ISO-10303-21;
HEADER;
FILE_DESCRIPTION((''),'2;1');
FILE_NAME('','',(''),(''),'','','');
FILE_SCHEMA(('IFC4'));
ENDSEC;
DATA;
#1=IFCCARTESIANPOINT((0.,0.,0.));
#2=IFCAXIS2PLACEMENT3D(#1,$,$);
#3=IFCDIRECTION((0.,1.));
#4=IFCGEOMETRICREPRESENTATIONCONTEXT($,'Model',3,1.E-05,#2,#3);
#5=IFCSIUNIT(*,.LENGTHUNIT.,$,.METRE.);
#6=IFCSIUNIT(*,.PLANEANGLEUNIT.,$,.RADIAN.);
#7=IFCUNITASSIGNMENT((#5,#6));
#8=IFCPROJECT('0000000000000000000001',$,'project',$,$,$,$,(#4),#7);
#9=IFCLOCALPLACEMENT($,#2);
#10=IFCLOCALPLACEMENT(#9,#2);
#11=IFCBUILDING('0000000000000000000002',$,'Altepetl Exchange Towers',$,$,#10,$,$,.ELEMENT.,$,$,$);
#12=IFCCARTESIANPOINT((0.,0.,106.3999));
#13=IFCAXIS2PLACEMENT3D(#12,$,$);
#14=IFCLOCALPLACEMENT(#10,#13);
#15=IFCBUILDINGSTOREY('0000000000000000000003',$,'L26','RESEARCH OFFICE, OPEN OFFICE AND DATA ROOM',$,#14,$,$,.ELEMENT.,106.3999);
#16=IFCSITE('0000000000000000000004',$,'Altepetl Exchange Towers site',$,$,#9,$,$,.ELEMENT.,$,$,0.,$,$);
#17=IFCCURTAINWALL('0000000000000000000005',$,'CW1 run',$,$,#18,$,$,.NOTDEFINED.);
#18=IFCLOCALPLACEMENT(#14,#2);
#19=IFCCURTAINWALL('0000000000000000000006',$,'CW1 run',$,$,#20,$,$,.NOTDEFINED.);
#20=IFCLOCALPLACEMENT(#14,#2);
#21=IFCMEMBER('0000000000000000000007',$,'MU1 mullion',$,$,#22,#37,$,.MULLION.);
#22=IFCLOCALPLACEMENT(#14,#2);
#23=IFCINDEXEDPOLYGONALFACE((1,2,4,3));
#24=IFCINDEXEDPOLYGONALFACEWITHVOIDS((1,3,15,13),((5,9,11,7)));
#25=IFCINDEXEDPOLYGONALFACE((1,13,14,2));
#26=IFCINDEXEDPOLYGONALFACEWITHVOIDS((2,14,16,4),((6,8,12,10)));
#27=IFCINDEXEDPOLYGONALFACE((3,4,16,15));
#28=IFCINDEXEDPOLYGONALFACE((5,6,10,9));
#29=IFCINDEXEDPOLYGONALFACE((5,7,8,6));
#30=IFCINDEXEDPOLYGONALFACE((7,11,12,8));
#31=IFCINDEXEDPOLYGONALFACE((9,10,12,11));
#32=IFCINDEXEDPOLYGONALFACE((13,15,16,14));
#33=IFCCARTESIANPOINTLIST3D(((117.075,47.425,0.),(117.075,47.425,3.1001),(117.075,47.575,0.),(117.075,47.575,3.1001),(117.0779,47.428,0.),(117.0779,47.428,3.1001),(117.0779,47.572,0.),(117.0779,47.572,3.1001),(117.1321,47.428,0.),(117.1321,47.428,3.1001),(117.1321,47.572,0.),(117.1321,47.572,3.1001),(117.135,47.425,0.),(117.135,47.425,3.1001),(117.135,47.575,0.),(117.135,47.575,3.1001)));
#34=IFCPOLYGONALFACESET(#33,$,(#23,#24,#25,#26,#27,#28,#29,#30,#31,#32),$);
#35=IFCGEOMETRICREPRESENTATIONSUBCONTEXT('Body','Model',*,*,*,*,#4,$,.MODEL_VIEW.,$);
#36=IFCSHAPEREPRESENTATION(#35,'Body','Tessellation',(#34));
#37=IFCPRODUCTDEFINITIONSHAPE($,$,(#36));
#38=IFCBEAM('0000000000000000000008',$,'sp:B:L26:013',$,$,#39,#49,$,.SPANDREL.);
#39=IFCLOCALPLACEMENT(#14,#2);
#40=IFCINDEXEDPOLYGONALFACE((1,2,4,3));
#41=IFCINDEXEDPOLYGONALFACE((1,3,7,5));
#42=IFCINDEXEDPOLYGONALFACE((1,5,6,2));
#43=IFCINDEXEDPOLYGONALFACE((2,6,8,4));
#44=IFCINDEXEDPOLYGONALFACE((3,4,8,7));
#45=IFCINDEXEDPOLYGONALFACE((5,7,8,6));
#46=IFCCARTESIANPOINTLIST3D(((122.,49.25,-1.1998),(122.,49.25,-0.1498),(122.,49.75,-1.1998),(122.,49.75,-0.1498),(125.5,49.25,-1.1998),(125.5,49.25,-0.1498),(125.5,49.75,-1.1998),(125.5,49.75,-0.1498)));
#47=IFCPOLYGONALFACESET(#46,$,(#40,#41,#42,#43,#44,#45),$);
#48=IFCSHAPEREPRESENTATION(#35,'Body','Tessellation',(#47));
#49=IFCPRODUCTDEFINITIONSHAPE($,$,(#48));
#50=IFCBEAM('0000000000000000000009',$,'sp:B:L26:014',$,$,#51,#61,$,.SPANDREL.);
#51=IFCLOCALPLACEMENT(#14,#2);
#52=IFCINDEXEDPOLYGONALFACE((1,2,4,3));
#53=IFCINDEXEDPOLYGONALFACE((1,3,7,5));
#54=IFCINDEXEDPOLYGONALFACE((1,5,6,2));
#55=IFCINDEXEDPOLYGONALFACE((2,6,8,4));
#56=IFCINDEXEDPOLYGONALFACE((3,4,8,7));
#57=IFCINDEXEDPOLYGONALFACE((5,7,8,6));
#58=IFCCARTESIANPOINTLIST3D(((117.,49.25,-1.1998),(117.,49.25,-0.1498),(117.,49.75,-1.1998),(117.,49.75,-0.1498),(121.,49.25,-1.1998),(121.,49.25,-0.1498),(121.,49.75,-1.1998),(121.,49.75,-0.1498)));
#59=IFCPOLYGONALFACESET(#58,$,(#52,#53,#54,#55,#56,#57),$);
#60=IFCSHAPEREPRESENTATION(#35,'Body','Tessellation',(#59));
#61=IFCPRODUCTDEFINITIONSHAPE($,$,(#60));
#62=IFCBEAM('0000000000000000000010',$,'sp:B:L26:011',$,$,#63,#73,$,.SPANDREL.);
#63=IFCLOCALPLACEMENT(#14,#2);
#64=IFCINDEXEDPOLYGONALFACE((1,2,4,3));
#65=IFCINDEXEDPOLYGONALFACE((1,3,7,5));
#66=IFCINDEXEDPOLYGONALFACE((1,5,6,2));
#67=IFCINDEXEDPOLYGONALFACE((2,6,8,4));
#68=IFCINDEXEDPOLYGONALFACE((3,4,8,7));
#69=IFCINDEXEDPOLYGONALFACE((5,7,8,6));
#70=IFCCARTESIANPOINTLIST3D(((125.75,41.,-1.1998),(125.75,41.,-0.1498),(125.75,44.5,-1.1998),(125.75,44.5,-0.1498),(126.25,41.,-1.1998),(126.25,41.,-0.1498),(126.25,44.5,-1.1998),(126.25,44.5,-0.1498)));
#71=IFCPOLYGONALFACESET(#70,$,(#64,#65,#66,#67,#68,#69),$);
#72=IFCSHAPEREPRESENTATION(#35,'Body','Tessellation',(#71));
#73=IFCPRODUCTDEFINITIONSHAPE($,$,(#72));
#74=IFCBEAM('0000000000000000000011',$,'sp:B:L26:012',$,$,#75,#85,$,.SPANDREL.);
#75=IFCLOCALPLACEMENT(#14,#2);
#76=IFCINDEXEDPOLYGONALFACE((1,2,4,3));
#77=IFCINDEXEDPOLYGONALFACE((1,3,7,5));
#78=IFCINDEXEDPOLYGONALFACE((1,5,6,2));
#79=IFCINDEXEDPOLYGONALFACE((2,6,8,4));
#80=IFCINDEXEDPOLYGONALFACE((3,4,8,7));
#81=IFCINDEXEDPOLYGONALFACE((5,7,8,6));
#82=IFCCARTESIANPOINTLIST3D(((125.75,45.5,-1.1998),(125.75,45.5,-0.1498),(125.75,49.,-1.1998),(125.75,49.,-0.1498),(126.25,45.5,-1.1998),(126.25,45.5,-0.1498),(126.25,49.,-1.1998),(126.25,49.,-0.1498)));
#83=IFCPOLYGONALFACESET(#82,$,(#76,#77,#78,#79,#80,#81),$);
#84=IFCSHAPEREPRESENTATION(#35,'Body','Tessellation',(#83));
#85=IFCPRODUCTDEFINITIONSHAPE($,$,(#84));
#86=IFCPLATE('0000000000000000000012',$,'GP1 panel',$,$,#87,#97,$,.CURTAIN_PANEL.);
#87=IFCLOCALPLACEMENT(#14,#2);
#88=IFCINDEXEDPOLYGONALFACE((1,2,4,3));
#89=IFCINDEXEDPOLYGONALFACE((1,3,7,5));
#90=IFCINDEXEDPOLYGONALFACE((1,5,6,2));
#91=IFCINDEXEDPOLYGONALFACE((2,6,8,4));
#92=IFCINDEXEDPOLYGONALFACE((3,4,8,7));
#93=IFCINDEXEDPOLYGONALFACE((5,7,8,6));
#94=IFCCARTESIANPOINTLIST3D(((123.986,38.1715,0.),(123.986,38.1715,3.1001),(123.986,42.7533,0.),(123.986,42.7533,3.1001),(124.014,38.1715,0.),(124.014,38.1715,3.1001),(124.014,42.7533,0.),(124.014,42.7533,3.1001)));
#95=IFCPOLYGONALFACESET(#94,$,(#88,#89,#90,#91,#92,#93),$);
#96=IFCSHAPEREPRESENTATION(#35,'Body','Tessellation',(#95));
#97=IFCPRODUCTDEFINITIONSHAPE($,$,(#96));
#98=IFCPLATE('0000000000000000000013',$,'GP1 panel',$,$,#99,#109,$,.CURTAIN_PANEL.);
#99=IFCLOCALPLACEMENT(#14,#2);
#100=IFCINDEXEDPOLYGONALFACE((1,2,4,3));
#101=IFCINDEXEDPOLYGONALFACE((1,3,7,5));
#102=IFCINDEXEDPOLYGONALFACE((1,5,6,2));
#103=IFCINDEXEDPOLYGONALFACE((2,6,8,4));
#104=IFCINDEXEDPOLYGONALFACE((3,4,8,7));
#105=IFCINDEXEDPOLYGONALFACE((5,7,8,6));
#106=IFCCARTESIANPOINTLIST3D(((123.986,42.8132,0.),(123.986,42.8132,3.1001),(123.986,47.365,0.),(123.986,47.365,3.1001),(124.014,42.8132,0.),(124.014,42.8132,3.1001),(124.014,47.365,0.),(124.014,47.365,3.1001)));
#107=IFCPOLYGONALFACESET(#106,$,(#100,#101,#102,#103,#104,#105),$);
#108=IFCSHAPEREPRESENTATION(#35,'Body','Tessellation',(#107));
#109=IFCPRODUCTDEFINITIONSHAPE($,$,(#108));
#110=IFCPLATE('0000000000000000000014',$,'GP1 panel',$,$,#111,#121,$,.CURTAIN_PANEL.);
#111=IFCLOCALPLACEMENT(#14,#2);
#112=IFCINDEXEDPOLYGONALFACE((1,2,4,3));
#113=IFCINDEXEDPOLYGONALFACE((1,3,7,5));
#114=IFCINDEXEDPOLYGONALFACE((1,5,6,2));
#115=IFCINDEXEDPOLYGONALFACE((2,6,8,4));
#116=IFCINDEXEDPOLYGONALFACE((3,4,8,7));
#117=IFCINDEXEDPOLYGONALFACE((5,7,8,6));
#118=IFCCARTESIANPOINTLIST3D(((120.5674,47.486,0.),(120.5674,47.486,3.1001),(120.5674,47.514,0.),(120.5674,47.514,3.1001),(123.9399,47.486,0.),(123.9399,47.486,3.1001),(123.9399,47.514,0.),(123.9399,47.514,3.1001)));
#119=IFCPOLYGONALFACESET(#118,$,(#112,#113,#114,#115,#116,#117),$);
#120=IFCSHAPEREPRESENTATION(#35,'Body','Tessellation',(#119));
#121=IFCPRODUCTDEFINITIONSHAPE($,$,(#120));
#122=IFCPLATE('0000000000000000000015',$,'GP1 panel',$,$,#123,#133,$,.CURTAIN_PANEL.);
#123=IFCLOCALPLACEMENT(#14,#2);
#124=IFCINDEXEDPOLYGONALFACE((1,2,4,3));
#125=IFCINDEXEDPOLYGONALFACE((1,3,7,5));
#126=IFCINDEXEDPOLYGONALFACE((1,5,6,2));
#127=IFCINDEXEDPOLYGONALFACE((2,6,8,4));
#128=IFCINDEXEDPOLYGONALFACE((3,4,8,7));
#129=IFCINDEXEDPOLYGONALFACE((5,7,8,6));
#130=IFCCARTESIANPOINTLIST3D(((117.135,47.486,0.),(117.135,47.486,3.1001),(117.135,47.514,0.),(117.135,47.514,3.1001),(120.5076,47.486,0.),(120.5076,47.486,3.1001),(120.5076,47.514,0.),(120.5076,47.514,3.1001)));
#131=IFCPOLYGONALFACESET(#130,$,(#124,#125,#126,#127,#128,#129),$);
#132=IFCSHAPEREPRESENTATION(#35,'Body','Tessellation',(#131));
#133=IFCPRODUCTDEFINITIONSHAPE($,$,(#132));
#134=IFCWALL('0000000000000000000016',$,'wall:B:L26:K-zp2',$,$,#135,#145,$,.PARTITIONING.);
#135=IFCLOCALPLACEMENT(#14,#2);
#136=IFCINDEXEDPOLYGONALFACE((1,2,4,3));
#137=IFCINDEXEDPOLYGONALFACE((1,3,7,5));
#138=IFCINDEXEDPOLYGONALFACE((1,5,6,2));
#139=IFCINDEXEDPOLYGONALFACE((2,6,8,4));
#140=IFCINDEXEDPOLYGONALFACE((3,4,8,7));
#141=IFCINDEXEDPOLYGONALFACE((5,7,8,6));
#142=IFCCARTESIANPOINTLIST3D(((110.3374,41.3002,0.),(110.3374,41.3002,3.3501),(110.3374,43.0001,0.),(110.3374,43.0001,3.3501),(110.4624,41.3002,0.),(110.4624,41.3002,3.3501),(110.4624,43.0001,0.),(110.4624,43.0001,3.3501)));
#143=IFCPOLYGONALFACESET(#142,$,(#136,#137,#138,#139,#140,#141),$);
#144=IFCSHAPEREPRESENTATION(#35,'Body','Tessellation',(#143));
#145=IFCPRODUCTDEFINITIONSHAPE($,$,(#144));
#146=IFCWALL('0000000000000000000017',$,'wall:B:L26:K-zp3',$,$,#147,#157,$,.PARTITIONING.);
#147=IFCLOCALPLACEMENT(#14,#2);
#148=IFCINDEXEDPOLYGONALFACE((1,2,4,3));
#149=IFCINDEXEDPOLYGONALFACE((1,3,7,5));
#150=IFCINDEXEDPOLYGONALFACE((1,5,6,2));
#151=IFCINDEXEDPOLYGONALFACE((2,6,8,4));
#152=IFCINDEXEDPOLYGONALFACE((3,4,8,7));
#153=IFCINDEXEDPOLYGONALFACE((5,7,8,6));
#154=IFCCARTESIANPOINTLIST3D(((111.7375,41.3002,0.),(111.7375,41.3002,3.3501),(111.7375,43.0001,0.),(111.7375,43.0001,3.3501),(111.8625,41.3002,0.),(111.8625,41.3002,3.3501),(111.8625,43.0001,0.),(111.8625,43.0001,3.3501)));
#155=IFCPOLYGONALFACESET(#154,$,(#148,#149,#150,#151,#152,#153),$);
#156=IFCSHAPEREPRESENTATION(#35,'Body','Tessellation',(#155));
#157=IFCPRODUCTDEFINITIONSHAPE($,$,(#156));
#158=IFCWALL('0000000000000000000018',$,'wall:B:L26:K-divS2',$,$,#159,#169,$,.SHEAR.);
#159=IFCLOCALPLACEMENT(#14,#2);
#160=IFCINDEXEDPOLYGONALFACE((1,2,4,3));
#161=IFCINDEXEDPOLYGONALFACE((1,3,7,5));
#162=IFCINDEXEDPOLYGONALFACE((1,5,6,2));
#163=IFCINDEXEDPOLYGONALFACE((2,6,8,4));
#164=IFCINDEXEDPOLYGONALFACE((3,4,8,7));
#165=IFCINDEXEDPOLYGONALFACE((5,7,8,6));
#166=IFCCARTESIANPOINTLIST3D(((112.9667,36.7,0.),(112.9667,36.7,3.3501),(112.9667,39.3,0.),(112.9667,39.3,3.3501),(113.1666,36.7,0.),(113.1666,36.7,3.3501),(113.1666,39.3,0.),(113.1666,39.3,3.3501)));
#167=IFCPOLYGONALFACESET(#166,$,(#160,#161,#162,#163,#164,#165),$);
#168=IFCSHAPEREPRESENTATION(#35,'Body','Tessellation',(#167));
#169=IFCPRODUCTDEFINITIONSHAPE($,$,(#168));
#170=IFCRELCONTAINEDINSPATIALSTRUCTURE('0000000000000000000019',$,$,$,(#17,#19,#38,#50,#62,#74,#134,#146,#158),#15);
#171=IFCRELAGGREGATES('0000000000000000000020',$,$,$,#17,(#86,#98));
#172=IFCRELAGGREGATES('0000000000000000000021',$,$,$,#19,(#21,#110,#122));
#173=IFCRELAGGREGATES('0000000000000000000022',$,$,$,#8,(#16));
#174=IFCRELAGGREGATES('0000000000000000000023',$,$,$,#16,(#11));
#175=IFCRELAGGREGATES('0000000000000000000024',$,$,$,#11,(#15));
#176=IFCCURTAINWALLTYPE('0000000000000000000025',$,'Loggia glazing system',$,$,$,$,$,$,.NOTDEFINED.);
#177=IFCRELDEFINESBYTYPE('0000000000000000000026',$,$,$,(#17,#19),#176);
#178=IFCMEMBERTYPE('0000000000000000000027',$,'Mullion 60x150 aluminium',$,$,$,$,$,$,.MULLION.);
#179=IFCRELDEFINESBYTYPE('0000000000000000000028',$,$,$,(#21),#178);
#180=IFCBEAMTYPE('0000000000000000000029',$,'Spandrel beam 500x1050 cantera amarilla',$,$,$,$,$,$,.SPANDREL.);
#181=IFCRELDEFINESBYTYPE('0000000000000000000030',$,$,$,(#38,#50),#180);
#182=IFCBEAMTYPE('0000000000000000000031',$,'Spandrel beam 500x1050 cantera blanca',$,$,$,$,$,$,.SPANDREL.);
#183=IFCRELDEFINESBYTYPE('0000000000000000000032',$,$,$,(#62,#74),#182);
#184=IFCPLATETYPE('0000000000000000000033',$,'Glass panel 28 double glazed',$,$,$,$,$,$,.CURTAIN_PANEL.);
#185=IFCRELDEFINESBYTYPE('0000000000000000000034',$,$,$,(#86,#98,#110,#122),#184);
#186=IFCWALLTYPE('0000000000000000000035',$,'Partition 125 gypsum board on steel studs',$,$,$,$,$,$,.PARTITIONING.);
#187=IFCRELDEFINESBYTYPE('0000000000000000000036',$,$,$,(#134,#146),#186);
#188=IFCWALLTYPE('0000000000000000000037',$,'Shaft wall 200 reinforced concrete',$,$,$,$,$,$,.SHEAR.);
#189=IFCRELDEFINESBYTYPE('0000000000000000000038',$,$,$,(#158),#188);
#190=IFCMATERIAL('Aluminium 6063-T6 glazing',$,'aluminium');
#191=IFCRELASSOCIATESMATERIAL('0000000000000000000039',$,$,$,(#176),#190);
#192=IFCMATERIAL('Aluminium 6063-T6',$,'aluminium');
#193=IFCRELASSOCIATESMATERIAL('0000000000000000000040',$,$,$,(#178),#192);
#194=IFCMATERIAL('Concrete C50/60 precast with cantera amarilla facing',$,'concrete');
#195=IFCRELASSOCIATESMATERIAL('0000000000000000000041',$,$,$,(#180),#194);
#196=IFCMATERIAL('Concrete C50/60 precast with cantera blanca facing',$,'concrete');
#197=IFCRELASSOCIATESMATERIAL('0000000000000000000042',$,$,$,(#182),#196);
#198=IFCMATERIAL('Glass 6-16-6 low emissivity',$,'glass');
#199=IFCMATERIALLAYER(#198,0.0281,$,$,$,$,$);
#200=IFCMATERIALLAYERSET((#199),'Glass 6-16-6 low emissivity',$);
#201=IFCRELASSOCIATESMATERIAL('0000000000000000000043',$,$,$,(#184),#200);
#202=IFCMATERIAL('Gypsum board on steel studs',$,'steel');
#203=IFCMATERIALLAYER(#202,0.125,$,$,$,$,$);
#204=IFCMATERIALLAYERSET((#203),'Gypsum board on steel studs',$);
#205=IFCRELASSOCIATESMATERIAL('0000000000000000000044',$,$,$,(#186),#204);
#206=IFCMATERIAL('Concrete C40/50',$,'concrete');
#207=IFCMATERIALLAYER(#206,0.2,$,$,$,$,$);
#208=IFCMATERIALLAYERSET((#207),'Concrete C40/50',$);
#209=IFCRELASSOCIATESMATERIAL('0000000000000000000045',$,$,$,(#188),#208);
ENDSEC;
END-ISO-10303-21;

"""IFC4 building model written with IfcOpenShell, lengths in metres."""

from ifc_helpers import new_model, si_unit, direction, frame, frame_2d, origin, origin_2d, place, context, subcontext, project, spatial, rectangle, hollow_rectangle, extrude, material, layer, layer_set, material_profile, profile_set, type_object, element, aggregate, save


model = new_model("IFC4")

# Units and contexts
model_context = context("Model", 3, precision=1e-05, world=origin(), true_north=direction((0.0, 1.0)))
body_context = subcontext(model_context, "Body", "Model", "MODEL_VIEW")
ifc_project = project(units=[si_unit("LENGTHUNIT", "METRE"), si_unit("PLANEANGLEUNIT", "RADIAN")], contexts=[model_context])

# Site, building, storey
site_placement = place(None, origin())
site = spatial("IfcSite", under=ifc_project, at=site_placement, Name="Altepetl Exchange Towers site", CompositionType="ELEMENT", RefElevation=0.0)
building_placement = place(site_placement, origin())
building = spatial("IfcBuilding", under=site, at=building_placement, Name="Altepetl Exchange Towers", CompositionType="ELEMENT")
storey_placement = place(building_placement, frame((0.0, 0.0, 106.3999)))
storey = spatial("IfcBuildingStorey", under=building, at=storey_placement, Name="L26", Description="RESEARCH OFFICE, OPEN OFFICE AND DATA ROOM", CompositionType="ELEMENT", Elevation=106.3999)

# Curtain walls, member
ifc_material_1 = material(Name="Aluminium 6063-T6 glazing", Category="aluminium")
curtain_wall_type = type_object("IfcCurtainWallType", Name="Loggia glazing system", PredefinedType="NOTDEFINED", material=ifc_material_1)
curtain_wall_1_placement = place(storey_placement, origin())
curtain_wall_1 = element("IfcCurtainWall", 1, at=curtain_wall_1_placement, inside=storey, type_object=curtain_wall_type, Name="CW1 run", PredefinedType="NOTDEFINED")
ifc_material_2 = material(Name="Aluminium 6063-T6", Category="aluminium")
ifc_material_profile_1 = material_profile(ifc_material_2, hollow_rectangle(XDim=0.0601, YDim=0.1499, WallThickness=0.0029, at=origin_2d()), Name="Mullion 60x150 aluminium")
ifc_profile_set_1 = profile_set([ifc_material_profile_1], Name="Aluminium 6063-T6")
member_type = type_object("IfcMemberType", Name="Mullion 60x150 aluminium", PredefinedType="MULLION", material=ifc_profile_set_1)
curtain_wall_2_placement = place(storey_placement, origin())
curtain_wall_2 = element("IfcCurtainWall", 2, at=curtain_wall_2_placement, inside=storey, type_object=curtain_wall_type, Name="CW1 run", PredefinedType="NOTDEFINED")
member_1_placement = place(storey_placement, frame((117.105, 47.5, 0.0), z_axis=(0.0, 0.0, 1.0), x_axis=(-1.0, 0.0, 0.0)))
member_1 = element("IfcMember", 3, at=member_1_placement, type_object=member_type, Name="MU1 mullion", PredefinedType="MULLION", context=body_context, shape_type="SweptSolid", body=[
    extrude(hollow_rectangle(XDim=0.0601, YDim=0.1499, WallThickness=0.0029, at=origin_2d()), origin(), (0.0, 0.0, 1.0), 3.1001),
])

# Beams
ifc_material_3 = material(Name="Concrete C50/60 precast with cantera amarilla facing", Category="concrete")
ifc_material_profile_2 = material_profile(ifc_material_3, rectangle(XDim=0.5, YDim=1.05, at=origin_2d()), Name="500 x 1050")
ifc_profile_set_2 = profile_set([ifc_material_profile_2], Name="Concrete C50/60 precast with cantera amarilla facing")
beam_type_1 = type_object("IfcBeamType", Name="Spandrel beam 500x1050 cantera amarilla", PredefinedType="SPANDREL", material=ifc_profile_set_2)
beam_1_placement = place(storey_placement, frame((125.5, 49.5, -0.6748), z_axis=(-1.0, 0.0, 0.0), x_axis=(0.0, -1.0, 0.0)))
element("IfcBeam", 4, at=beam_1_placement, inside=storey, type_object=beam_type_1, Name="sp:B:L26:013", PredefinedType="SPANDREL", context=body_context, shape_type="SweptSolid", body=[
    extrude(rectangle(XDim=0.5, YDim=1.05, at=origin_2d()), origin(), (0.0, 0.0, 1.0), 3.5),
])
beam_2_placement = place(storey_placement, frame((121.0, 49.5, -0.6748), z_axis=(-1.0, 0.0, 0.0), x_axis=(0.0, -1.0, 0.0)))
element("IfcBeam", 5, at=beam_2_placement, inside=storey, type_object=beam_type_1, Name="sp:B:L26:014", PredefinedType="SPANDREL", context=body_context, shape_type="SweptSolid", body=[
    extrude(rectangle(XDim=0.5, YDim=1.05, at=origin_2d()), origin(), (0.0, 0.0, 1.0), 4.0),
])
ifc_material_4 = material(Name="Concrete C50/60 precast with cantera blanca facing", Category="concrete")
ifc_material_profile_3 = material_profile(ifc_material_4, rectangle(XDim=0.5, YDim=1.05, at=origin_2d()), Name="500 x 1050")
ifc_profile_set_3 = profile_set([ifc_material_profile_3], Name="Concrete C50/60 precast with cantera blanca facing")
beam_type_2 = type_object("IfcBeamType", Name="Spandrel beam 500x1050 cantera blanca", PredefinedType="SPANDREL", material=ifc_profile_set_3)
for number, where, z_axis, x_axis, name in (
    (6, (126.0, 41.0, -0.6748), (0.0, 1.0, 0.0), (-1.0, 0.0, 0.0), "sp:B:L26:011"),
    (7, (126.0, 45.5, -0.6748), (0.0, 1.0, 0.0), (-1.0, 0.0, 0.0), "sp:B:L26:012"),
):
    element("IfcBeam", number, at=place(storey_placement, frame(where, z_axis=z_axis, x_axis=x_axis)), inside=storey, type_object=beam_type_2, Name=name, PredefinedType="SPANDREL", context=body_context, shape_type="SweptSolid", body=[
        extrude(rectangle(XDim=0.5, YDim=1.05, at=origin_2d()), origin(), (0.0, 0.0, 1.0), 3.5),
    ])

# Plates
ifc_material_5 = material(Name="Glass 6-16-6 low emissivity", Category="glass")
ifc_layer_1 = layer(ifc_material_5, 0.0281)
ifc_layer_set_1 = layer_set([ifc_layer_1], Name="Glass 6-16-6 low emissivity")
plate_type = type_object("IfcPlateType", Name="Glass panel 28 double glazed", PredefinedType="CURTAIN_PANEL", material=ifc_layer_set_1)
plate_1_placement = place(storey_placement, frame((124.0, 40.4624, 0.0), z_axis=(0.0, 0.0, 1.0), x_axis=(0.0, 1.0, 0.0)))
plate_1 = element("IfcPlate", 8, at=plate_1_placement, type_object=plate_type, Name="GP1 panel", PredefinedType="CURTAIN_PANEL", context=body_context, shape_type="SweptSolid", body=[
    extrude(rectangle(XDim=4.5818, YDim=0.0281, at=origin_2d()), origin(), (0.0, 0.0, 1.0), 3.1001),
])
plate_2_placement = place(storey_placement, frame((124.0, 45.0891, 0.0), z_axis=(0.0, 0.0, 1.0), x_axis=(0.0, 1.0, 0.0)))
plate_2 = element("IfcPlate", 9, at=plate_2_placement, type_object=plate_type, Name="GP1 panel", PredefinedType="CURTAIN_PANEL", context=body_context, shape_type="SweptSolid", body=[
    extrude(rectangle(XDim=4.5518, YDim=0.0281, at=origin_2d()), origin(), (0.0, 0.0, 1.0), 3.1001),
])
aggregate(curtain_wall_1, [plate_1, plate_2])
plate_3_placement = place(storey_placement, frame((122.2537, 47.5, 0.0), z_axis=(0.0, 0.0, 1.0), x_axis=(-1.0, 0.0, 0.0)))
plate_3 = element("IfcPlate", 10, at=plate_3_placement, type_object=plate_type, Name="GP1 panel", PredefinedType="CURTAIN_PANEL", context=body_context, shape_type="SweptSolid", body=[
    extrude(rectangle(XDim=3.3726, YDim=0.0281, at=origin_2d()), origin(), (0.0, 0.0, 1.0), 3.1001),
])
plate_4_placement = place(storey_placement, frame((118.8213, 47.5, 0.0), z_axis=(0.0, 0.0, 1.0), x_axis=(-1.0, 0.0, 0.0)))
plate_4 = element("IfcPlate", 11, at=plate_4_placement, type_object=plate_type, Name="GP1 panel", PredefinedType="CURTAIN_PANEL", context=body_context, shape_type="SweptSolid", body=[
    extrude(rectangle(XDim=3.3726, YDim=0.0281, at=origin_2d()), origin(), (0.0, 0.0, 1.0), 3.1001),
])
aggregate(curtain_wall_2, [member_1, plate_3, plate_4])

# Walls
ifc_material_6 = material(Name="Gypsum board on steel studs", Category="steel")
ifc_layer_2 = layer(ifc_material_6, 0.125)
ifc_layer_set_2 = layer_set([ifc_layer_2], Name="Gypsum board on steel studs")
wall_type_1 = type_object("IfcWallType", Name="Partition 125 gypsum board on steel studs", PredefinedType="PARTITIONING", material=ifc_layer_set_2)
for number, where, z_axis, x_axis, name in (
    (12, (110.3999, 41.3, 0.0), (0.0, 0.0, 1.0), (0.0, 1.0, 0.0), "wall:B:L26:K-zp2"),
    (13, (111.8, 41.3, 0.0), (0.0, 0.0, 1.0), (0.0, 1.0, 0.0), "wall:B:L26:K-zp3"),
):
    element("IfcWall", number, at=place(storey_placement, frame(where, z_axis=z_axis, x_axis=x_axis)), inside=storey, type_object=wall_type_1, Name=name, PredefinedType="PARTITIONING", context=body_context, shape_type="SweptSolid", body=[
        extrude(rectangle(XDim=1.7, YDim=0.125, at=frame_2d((0.8501, 0.0))), origin(), (0.0, 0.0, 1.0), 3.3501),
    ])
ifc_material_7 = material(Name="Concrete C40/50", Category="concrete")
ifc_layer_3 = layer(ifc_material_7, 0.2)
ifc_layer_set_3 = layer_set([ifc_layer_3], Name="Concrete C40/50")
wall_type_2 = type_object("IfcWallType", Name="Shaft wall 200 reinforced concrete", PredefinedType="SHEAR", material=ifc_layer_set_3)
wall_1_placement = place(storey_placement, frame((113.0667, 36.7, 0.0), z_axis=(0.0, 0.0, 1.0), x_axis=(0.0, 1.0, 0.0)))
element("IfcWall", 14, at=wall_1_placement, inside=storey, type_object=wall_type_2, Name="wall:B:L26:K-divS2", PredefinedType="SHEAR", context=body_context, shape_type="SweptSolid", body=[
    extrude(rectangle(XDim=2.6001, YDim=0.2, at=frame_2d((1.3, 0.0))), origin(), (0.0, 0.0, 1.0), 3.3501),
])

save(model, "model.ifc")
